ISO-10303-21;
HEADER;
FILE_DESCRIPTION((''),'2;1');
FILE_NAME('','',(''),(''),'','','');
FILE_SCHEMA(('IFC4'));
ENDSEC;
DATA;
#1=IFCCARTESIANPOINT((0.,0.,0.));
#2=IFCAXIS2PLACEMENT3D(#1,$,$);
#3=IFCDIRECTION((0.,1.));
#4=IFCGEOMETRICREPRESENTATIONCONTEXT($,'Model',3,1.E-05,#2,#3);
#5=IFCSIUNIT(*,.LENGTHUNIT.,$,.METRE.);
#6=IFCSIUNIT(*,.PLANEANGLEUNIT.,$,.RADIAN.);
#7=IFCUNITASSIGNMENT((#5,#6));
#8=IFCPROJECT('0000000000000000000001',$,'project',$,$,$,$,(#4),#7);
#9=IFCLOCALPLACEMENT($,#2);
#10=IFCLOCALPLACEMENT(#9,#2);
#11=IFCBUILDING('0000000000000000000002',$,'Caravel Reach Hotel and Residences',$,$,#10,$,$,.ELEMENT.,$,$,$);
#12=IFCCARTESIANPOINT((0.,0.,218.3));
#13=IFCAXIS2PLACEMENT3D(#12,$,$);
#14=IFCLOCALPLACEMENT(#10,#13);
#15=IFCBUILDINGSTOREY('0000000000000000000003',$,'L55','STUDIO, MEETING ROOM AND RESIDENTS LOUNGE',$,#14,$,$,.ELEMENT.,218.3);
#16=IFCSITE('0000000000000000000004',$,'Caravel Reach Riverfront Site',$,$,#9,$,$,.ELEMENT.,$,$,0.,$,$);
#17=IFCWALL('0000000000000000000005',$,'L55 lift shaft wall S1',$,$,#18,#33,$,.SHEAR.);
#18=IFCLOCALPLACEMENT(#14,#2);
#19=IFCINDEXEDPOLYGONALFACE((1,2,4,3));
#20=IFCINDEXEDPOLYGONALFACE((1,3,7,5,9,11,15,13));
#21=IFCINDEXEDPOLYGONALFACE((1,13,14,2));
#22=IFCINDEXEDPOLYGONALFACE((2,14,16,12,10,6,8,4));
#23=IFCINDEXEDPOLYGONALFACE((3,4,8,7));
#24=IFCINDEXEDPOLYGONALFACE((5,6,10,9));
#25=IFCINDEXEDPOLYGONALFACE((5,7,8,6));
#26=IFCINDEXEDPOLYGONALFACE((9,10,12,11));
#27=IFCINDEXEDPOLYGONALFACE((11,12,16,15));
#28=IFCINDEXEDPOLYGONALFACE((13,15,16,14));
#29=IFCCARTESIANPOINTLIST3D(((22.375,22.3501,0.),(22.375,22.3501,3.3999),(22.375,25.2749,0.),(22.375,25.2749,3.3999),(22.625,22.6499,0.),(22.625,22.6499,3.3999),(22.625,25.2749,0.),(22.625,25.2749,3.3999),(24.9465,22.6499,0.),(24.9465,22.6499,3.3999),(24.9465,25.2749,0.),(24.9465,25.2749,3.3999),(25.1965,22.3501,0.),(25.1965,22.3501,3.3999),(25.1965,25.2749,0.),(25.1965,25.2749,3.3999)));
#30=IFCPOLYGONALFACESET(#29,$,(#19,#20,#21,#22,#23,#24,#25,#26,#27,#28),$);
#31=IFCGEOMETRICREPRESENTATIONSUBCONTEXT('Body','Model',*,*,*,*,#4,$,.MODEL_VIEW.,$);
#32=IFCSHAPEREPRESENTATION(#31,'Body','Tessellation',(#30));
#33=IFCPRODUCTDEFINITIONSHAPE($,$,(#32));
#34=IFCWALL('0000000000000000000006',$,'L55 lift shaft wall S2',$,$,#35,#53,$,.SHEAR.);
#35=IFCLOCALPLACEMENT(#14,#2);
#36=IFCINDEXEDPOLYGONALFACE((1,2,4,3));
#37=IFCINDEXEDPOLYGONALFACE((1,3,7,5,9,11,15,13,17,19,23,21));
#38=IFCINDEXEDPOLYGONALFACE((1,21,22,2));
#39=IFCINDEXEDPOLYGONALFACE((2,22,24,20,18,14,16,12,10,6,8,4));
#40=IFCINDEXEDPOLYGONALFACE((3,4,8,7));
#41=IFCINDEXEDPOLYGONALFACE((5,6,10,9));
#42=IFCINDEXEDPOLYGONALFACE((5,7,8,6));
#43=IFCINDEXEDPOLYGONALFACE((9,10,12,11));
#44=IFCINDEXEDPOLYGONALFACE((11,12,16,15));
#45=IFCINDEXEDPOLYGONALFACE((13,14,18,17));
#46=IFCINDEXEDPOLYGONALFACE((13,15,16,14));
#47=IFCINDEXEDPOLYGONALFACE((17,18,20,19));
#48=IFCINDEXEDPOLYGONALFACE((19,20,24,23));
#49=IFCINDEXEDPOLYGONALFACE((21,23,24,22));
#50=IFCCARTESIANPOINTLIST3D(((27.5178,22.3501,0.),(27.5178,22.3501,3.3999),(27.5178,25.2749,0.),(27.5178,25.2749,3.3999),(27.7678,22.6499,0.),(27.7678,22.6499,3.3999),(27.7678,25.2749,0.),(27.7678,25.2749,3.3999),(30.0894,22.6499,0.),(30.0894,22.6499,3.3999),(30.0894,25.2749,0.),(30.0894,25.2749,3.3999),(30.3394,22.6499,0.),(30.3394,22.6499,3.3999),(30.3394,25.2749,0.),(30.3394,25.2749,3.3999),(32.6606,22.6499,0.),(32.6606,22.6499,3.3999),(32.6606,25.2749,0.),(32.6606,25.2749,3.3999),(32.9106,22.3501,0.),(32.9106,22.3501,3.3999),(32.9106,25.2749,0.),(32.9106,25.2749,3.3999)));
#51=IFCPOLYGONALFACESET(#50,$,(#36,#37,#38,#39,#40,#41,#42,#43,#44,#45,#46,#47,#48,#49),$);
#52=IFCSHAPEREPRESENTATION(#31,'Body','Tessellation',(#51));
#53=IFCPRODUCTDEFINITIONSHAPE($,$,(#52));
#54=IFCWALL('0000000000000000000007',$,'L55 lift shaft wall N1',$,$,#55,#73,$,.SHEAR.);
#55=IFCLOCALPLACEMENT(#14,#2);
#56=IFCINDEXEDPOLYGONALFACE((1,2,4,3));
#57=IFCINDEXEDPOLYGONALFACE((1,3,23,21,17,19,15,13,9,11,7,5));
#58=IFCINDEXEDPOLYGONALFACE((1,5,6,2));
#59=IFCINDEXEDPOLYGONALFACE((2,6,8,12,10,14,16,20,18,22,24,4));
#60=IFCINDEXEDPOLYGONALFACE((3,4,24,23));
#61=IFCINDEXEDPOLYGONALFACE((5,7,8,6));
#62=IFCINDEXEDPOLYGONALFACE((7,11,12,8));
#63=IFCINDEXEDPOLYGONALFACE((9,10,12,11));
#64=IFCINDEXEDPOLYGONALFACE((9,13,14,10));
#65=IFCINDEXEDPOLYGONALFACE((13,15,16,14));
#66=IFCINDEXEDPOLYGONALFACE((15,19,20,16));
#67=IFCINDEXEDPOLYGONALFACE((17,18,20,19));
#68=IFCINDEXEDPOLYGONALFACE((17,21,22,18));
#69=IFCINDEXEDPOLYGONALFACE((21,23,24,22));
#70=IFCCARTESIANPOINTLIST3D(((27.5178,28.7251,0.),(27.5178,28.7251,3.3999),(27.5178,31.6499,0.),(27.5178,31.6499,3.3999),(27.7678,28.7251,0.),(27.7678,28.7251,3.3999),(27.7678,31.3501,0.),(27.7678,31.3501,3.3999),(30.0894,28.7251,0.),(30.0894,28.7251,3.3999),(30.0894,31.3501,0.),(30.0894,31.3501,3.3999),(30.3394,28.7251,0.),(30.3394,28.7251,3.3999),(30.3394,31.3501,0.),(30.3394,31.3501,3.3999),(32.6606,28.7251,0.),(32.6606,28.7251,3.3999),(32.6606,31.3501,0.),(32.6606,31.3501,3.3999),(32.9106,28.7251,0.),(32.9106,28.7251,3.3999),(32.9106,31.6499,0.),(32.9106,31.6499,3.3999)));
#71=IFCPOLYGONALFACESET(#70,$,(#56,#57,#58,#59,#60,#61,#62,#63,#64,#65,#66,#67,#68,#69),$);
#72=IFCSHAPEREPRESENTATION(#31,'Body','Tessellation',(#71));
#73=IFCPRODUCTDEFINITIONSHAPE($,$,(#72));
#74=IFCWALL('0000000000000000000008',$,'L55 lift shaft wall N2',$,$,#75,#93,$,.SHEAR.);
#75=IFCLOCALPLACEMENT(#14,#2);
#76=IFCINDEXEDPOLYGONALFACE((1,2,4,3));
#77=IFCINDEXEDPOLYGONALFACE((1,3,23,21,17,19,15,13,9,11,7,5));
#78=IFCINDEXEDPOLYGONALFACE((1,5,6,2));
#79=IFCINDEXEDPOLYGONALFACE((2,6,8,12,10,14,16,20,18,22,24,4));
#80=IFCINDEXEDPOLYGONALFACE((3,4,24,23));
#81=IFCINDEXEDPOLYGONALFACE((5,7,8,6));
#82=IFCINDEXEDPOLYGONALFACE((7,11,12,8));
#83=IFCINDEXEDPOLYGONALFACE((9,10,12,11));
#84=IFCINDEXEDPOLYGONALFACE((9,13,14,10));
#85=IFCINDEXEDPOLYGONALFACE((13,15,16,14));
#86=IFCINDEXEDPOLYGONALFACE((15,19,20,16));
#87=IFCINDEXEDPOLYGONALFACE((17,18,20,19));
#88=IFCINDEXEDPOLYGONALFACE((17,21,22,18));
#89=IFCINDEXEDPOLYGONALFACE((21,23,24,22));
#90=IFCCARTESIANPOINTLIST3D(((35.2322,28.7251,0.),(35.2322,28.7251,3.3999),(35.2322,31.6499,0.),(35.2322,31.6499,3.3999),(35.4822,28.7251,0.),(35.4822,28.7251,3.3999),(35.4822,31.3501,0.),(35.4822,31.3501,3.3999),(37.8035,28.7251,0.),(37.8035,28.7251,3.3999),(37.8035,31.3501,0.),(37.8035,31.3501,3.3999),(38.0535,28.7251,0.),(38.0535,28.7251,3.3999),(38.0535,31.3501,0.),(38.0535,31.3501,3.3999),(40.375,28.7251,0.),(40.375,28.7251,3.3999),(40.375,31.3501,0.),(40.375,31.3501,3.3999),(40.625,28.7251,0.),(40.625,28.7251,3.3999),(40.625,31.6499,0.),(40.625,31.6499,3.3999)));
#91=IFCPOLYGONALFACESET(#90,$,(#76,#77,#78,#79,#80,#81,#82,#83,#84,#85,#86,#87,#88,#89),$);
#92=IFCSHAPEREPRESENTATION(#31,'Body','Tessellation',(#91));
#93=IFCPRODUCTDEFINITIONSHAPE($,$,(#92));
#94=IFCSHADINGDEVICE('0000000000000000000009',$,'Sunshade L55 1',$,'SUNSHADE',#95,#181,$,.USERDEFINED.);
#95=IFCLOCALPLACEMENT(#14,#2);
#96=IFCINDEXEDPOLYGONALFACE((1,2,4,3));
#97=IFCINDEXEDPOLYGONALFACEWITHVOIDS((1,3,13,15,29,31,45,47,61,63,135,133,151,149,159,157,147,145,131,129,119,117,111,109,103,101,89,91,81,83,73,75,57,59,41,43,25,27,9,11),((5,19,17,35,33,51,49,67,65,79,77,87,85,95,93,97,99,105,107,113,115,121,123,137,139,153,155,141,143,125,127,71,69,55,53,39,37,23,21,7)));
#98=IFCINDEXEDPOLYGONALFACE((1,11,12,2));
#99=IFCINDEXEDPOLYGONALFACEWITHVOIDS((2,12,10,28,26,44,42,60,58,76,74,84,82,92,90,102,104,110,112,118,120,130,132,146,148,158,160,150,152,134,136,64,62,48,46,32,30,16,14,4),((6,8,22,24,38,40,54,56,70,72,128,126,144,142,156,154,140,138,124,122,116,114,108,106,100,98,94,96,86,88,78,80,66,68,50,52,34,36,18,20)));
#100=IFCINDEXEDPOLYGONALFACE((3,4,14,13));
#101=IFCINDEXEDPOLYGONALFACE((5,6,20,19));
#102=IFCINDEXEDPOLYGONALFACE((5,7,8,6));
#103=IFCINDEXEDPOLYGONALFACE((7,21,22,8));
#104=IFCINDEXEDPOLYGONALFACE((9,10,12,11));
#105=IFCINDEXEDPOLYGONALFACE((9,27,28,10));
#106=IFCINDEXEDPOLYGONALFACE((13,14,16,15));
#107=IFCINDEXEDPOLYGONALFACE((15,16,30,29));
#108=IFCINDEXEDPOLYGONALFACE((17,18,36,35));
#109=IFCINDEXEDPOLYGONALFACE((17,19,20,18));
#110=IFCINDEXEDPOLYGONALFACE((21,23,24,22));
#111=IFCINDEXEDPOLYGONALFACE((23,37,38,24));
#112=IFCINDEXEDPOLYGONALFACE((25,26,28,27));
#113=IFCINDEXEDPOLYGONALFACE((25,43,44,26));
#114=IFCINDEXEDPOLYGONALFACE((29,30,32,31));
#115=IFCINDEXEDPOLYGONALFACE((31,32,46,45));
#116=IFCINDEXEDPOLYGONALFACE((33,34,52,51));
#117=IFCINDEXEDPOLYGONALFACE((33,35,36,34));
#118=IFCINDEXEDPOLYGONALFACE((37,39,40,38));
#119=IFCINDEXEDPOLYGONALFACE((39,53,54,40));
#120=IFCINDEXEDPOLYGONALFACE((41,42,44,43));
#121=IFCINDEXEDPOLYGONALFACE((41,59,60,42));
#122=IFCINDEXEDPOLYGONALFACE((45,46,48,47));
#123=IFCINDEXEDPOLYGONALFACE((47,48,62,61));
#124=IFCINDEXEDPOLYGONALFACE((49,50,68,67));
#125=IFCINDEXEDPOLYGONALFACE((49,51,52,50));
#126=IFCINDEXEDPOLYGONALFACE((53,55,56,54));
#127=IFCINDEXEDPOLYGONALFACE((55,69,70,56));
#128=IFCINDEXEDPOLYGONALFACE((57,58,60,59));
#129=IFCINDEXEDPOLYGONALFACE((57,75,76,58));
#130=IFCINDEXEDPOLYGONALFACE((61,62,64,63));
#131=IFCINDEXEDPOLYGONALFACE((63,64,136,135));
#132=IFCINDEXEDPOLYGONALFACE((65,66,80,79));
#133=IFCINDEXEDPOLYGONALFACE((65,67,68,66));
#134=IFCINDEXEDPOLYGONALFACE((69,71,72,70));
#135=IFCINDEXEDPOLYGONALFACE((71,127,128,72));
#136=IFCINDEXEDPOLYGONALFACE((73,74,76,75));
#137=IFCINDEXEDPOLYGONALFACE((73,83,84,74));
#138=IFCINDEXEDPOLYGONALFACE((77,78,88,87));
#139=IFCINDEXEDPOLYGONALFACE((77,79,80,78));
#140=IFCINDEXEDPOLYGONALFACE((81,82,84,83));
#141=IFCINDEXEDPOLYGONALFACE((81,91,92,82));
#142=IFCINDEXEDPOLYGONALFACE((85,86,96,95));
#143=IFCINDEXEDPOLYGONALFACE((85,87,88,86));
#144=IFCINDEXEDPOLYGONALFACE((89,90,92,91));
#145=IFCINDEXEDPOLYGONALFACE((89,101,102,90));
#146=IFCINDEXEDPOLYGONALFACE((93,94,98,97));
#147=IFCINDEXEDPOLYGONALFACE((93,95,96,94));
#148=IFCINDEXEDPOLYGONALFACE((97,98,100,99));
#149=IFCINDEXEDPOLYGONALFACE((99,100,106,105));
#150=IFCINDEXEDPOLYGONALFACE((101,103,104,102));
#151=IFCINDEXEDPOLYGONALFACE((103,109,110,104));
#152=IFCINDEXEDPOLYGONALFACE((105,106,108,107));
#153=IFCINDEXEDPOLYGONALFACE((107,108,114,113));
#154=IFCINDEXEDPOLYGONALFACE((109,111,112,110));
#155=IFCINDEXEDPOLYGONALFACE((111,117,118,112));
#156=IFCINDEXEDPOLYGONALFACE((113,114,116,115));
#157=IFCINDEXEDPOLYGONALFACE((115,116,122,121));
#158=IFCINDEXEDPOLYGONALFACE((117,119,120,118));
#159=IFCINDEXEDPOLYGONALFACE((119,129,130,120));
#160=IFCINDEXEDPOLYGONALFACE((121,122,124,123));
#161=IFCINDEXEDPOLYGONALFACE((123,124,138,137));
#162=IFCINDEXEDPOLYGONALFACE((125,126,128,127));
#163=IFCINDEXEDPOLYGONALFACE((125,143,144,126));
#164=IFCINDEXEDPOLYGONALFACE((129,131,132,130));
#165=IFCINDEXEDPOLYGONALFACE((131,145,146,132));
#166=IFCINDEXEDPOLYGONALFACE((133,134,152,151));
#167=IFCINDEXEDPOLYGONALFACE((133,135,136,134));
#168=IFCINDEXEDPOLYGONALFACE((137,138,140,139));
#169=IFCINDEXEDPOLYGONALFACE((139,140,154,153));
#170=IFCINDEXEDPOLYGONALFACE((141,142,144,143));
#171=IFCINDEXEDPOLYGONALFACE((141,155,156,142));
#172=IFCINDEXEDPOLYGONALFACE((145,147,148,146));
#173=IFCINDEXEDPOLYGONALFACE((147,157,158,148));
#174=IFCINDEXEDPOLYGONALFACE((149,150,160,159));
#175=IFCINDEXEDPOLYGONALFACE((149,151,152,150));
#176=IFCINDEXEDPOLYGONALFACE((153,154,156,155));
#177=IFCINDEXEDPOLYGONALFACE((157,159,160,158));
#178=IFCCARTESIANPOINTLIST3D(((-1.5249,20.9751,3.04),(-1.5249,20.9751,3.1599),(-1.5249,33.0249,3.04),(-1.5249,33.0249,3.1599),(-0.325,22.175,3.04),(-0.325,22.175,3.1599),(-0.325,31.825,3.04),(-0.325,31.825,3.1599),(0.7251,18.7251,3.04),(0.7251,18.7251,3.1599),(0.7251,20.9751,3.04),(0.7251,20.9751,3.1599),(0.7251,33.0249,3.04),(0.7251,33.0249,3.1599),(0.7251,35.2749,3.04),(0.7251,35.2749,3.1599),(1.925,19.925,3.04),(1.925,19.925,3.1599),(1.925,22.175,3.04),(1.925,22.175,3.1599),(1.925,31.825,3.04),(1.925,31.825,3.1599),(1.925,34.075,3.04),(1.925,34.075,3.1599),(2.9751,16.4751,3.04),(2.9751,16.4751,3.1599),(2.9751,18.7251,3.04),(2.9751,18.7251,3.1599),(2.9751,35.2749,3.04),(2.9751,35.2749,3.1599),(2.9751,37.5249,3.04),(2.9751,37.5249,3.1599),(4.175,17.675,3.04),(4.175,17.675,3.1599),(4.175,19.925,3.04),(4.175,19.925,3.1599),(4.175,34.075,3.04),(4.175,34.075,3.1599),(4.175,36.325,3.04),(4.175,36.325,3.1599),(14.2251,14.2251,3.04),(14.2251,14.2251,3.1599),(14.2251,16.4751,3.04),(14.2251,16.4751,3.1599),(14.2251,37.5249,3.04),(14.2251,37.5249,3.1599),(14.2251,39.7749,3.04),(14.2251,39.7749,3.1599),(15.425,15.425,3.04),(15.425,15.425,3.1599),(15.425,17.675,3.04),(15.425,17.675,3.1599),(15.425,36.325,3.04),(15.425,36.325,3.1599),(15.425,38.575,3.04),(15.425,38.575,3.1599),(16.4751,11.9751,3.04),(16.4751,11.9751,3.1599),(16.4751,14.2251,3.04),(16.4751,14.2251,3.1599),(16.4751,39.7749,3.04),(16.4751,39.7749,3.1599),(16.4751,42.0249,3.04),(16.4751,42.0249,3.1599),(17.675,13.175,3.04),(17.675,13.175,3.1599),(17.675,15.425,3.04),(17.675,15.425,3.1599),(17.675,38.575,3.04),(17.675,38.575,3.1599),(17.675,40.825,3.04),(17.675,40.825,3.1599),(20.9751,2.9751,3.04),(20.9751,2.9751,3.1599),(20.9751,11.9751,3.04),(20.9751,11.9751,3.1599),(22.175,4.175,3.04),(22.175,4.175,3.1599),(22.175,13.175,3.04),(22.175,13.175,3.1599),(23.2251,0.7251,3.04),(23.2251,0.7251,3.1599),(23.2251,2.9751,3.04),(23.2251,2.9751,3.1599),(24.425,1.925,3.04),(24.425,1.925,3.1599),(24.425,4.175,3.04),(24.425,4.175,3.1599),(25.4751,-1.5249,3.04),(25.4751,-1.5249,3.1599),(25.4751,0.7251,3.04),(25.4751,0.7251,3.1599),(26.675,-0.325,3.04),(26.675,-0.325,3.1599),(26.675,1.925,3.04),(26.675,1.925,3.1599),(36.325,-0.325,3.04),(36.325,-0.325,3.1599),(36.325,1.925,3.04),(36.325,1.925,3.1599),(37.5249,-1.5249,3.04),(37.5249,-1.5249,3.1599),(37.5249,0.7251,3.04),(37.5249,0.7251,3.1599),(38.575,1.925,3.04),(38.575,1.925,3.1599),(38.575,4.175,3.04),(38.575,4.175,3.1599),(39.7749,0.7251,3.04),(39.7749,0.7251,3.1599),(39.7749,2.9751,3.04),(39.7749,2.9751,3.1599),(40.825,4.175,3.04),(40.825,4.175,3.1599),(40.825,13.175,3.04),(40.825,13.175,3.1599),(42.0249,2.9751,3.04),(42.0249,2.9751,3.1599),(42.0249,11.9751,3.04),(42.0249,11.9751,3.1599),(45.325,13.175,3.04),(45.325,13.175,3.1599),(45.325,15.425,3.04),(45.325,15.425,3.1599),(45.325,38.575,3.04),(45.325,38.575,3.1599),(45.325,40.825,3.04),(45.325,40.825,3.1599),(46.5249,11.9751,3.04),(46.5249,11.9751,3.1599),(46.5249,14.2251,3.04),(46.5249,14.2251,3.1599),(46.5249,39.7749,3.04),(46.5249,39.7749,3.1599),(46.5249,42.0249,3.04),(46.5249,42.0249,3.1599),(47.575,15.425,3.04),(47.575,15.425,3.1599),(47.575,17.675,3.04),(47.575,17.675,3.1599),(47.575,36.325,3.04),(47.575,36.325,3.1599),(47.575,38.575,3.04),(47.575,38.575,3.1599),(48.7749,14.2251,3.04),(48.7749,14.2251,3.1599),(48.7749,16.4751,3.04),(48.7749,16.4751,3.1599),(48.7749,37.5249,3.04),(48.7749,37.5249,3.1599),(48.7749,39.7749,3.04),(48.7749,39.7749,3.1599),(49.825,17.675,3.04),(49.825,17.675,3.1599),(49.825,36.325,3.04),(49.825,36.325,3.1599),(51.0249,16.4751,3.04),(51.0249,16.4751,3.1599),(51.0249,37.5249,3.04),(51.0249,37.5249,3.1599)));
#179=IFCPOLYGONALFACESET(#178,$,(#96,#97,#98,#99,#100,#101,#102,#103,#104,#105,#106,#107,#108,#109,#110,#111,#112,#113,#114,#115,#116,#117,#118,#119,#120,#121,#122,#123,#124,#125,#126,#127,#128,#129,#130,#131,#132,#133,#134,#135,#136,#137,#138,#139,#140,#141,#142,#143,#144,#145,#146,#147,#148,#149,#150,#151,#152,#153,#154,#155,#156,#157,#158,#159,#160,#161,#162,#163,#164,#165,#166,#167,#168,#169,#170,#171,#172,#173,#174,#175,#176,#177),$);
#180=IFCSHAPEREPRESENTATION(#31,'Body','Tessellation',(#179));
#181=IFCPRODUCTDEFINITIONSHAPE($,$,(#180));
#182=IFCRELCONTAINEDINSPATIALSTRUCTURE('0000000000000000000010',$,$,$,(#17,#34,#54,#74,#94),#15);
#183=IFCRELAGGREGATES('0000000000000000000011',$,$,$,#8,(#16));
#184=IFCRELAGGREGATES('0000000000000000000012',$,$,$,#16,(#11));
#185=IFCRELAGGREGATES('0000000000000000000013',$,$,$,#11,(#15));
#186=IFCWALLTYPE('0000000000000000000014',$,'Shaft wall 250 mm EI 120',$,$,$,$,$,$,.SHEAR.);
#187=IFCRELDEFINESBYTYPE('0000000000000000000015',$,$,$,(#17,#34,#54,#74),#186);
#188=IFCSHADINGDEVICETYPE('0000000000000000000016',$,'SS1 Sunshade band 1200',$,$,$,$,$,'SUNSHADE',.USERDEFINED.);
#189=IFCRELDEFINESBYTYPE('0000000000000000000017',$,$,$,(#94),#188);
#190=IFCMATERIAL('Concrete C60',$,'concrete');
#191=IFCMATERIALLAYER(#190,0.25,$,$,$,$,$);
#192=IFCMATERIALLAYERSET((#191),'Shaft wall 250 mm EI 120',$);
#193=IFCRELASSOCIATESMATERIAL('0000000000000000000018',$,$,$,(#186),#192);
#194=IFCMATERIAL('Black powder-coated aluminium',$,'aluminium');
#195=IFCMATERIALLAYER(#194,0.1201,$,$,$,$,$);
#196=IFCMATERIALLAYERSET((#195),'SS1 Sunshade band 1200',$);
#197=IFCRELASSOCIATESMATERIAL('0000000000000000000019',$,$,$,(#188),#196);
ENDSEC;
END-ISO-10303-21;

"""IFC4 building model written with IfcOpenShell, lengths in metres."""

from ifc_helpers import new_model, si_unit, direction, frame, origin, place, context, subcontext, project, spatial, polyline, outline, extrude, material, layer, layer_set, type_object, element, save


model = new_model("IFC4")

# Units and contexts
model_context = context("Model", 3, precision=1e-05, world=origin(), true_north=direction((0.0, 1.0)))
body_context = subcontext(model_context, "Body", "Model", "MODEL_VIEW")
ifc_project = project(units=[si_unit("LENGTHUNIT", "METRE"), si_unit("PLANEANGLEUNIT", "RADIAN")], contexts=[model_context])

# Site, building, storey
site_placement = place(None, origin())
site = spatial("IfcSite", under=ifc_project, at=site_placement, Name="Caravel Reach Riverfront Site", CompositionType="ELEMENT", RefElevation=0.0)
building_placement = place(site_placement, origin())
building = spatial("IfcBuilding", under=site, at=building_placement, Name="Caravel Reach Hotel and Residences", CompositionType="ELEMENT")
storey_placement = place(building_placement, frame((0.0, 0.0, 218.3)))
storey = spatial("IfcBuildingStorey", under=building, at=storey_placement, Name="L55", Description="STUDIO, MEETING ROOM AND RESIDENTS LOUNGE", CompositionType="ELEMENT", Elevation=218.3)

# Walls
ifc_material_1 = material(Name="Concrete C60", Category="concrete")
ifc_layer_1 = layer(ifc_material_1, 0.25)
ifc_layer_set_1 = layer_set([ifc_layer_1], Name="Shaft wall 250 mm EI 120")
wall_type_1 = type_object("IfcWallType", Name="Shaft wall 250 mm EI 120", PredefinedType="SHEAR", material=ifc_layer_set_1)
wall_1_placement = place(storey_placement, origin())
element("IfcWall", 1, at=wall_1_placement, inside=storey, type_object=wall_type_1, Name="L55 lift shaft wall S1", PredefinedType="SHEAR", context=body_context, shape_type="SweptSolid", body=[
    extrude(outline(polyline([(22.375, 22.3501), (25.1965, 22.3501), (25.1965, 25.2749), (24.9465, 25.2749), (24.9465, 22.6499), (22.625, 22.6499), (22.625, 25.2749), (22.375, 25.2749), (22.375, 22.3501)])), origin(), (0.0, 0.0, 1.0), 3.3999),
])
wall_2_placement = place(storey_placement, origin())
element("IfcWall", 2, at=wall_2_placement, inside=storey, type_object=wall_type_1, Name="L55 lift shaft wall S2", PredefinedType="SHEAR", context=body_context, shape_type="SweptSolid", body=[
    extrude(outline(polyline([(27.5178, 22.3501), (32.9106, 22.3501), (32.9106, 25.2749), (32.6606, 25.2749), (32.6606, 22.6499), (30.3394, 22.6499), (30.3394, 25.2749), (30.0894, 25.2749), (30.0894, 22.6499), (27.7678, 22.6499), (27.7678, 25.2749), (27.5178, 25.2749), (27.5178, 22.3501)])), origin(), (0.0, 0.0, 1.0), 3.3999),
])
wall_3_placement = place(storey_placement, origin())
element("IfcWall", 3, at=wall_3_placement, inside=storey, type_object=wall_type_1, Name="L55 lift shaft wall N1", PredefinedType="SHEAR", context=body_context, shape_type="SweptSolid", body=[
    extrude(outline(polyline([(27.5178, 28.7251), (27.7678, 28.7251), (27.7678, 31.3501), (30.0894, 31.3501), (30.0894, 28.7251), (30.3394, 28.7251), (30.3394, 31.3501), (32.6606, 31.3501), (32.6606, 28.7251), (32.9106, 28.7251), (32.9106, 31.6499), (27.5178, 31.6499), (27.5178, 28.7251)])), origin(), (0.0, 0.0, 1.0), 3.3999),
])
wall_4_placement = place(storey_placement, origin())
element("IfcWall", 4, at=wall_4_placement, inside=storey, type_object=wall_type_1, Name="L55 lift shaft wall N2", PredefinedType="SHEAR", context=body_context, shape_type="SweptSolid", body=[
    extrude(outline(polyline([(35.2322, 28.7251), (35.4822, 28.7251), (35.4822, 31.3501), (37.8035, 31.3501), (37.8035, 28.7251), (38.0535, 28.7251), (38.0535, 31.3501), (40.375, 31.3501), (40.375, 28.7251), (40.625, 28.7251), (40.625, 31.6499), (35.2322, 31.6499), (35.2322, 28.7251)])), origin(), (0.0, 0.0, 1.0), 3.3999),
])

# Shading device
ifc_material_2 = material(Name="Black powder-coated aluminium", Category="aluminium")
ifc_layer_2 = layer(ifc_material_2, 0.1201)
ifc_layer_set_2 = layer_set([ifc_layer_2], Name="SS1 Sunshade band 1200")
shading_device_type = type_object("IfcShadingDeviceType", Name="SS1 Sunshade band 1200", ElementType="SUNSHADE", PredefinedType="USERDEFINED", material=ifc_layer_set_2)
shading_device_placement = place(storey_placement, frame((0.0, 0.0, 3.04)))
element("IfcShadingDevice", 5, at=shading_device_placement, inside=storey, type_object=shading_device_type, Name="Sunshade L55 1", ObjectType="SUNSHADE", PredefinedType="USERDEFINED", context=body_context, shape_type="SweptSolid", body=[
    extrude(outline(polyline([(42.0249, 2.9751), (42.0249, 11.9751), (46.5249, 11.9751), (46.5249, 14.2251), (48.7749, 14.2251), (48.7749, 16.4751), (51.0249, 16.4751), (51.0249, 37.5249), (48.7749, 37.5249), (48.7749, 39.7749), (46.5249, 39.7749), (46.5249, 42.0249), (16.4751, 42.0249), (16.4751, 39.7749), (14.2251, 39.7749), (14.2251, 37.5249), (2.9751, 37.5249), (2.9751, 35.2749), (0.7251, 35.2749), (0.7251, 33.0249), (-1.5249, 33.0249), (-1.5249, 20.9751), (0.7251, 20.9751), (0.7251, 18.7251), (2.9751, 18.7251), (2.9751, 16.4751), (14.2251, 16.4751), (14.2251, 14.2251), (16.4751, 14.2251), (16.4751, 11.9751), (20.9751, 11.9751), (20.9751, 2.9751), (23.2251, 2.9751), (23.2251, 0.7251), (25.4751, 0.7251), (25.4751, -1.5249), (37.5249, -1.5249), (37.5249, 0.7251), (39.7749, 0.7251), (39.7749, 2.9751), (42.0249, 2.9751)]), holes=[polyline([(45.325, 13.175), (40.825, 13.175), (40.825, 4.175), (38.575, 4.175), (38.575, 1.925), (36.325, 1.925), (36.325, -0.325), (26.675, -0.325), (26.675, 1.925), (24.425, 1.925), (24.425, 4.175), (22.175, 4.175), (22.175, 13.175), (17.675, 13.175), (17.675, 15.425), (15.425, 15.425), (15.425, 17.675), (4.175, 17.675), (4.175, 19.925), (1.925, 19.925), (1.925, 22.175), (-0.325, 22.175), (-0.325, 31.825), (1.925, 31.825), (1.925, 34.075), (4.175, 34.075), (4.175, 36.325), (15.425, 36.325), (15.425, 38.575), (17.675, 38.575), (17.675, 40.825), (45.325, 40.825), (45.325, 38.575), (47.575, 38.575), (47.575, 36.325), (49.825, 36.325), (49.825, 17.675), (47.575, 17.675), (47.575, 15.425), (45.325, 15.425), (45.325, 13.175)])]), origin(), (0.0, 0.0, 1.0), 0.1199),
])

save(model, "model.ifc")
